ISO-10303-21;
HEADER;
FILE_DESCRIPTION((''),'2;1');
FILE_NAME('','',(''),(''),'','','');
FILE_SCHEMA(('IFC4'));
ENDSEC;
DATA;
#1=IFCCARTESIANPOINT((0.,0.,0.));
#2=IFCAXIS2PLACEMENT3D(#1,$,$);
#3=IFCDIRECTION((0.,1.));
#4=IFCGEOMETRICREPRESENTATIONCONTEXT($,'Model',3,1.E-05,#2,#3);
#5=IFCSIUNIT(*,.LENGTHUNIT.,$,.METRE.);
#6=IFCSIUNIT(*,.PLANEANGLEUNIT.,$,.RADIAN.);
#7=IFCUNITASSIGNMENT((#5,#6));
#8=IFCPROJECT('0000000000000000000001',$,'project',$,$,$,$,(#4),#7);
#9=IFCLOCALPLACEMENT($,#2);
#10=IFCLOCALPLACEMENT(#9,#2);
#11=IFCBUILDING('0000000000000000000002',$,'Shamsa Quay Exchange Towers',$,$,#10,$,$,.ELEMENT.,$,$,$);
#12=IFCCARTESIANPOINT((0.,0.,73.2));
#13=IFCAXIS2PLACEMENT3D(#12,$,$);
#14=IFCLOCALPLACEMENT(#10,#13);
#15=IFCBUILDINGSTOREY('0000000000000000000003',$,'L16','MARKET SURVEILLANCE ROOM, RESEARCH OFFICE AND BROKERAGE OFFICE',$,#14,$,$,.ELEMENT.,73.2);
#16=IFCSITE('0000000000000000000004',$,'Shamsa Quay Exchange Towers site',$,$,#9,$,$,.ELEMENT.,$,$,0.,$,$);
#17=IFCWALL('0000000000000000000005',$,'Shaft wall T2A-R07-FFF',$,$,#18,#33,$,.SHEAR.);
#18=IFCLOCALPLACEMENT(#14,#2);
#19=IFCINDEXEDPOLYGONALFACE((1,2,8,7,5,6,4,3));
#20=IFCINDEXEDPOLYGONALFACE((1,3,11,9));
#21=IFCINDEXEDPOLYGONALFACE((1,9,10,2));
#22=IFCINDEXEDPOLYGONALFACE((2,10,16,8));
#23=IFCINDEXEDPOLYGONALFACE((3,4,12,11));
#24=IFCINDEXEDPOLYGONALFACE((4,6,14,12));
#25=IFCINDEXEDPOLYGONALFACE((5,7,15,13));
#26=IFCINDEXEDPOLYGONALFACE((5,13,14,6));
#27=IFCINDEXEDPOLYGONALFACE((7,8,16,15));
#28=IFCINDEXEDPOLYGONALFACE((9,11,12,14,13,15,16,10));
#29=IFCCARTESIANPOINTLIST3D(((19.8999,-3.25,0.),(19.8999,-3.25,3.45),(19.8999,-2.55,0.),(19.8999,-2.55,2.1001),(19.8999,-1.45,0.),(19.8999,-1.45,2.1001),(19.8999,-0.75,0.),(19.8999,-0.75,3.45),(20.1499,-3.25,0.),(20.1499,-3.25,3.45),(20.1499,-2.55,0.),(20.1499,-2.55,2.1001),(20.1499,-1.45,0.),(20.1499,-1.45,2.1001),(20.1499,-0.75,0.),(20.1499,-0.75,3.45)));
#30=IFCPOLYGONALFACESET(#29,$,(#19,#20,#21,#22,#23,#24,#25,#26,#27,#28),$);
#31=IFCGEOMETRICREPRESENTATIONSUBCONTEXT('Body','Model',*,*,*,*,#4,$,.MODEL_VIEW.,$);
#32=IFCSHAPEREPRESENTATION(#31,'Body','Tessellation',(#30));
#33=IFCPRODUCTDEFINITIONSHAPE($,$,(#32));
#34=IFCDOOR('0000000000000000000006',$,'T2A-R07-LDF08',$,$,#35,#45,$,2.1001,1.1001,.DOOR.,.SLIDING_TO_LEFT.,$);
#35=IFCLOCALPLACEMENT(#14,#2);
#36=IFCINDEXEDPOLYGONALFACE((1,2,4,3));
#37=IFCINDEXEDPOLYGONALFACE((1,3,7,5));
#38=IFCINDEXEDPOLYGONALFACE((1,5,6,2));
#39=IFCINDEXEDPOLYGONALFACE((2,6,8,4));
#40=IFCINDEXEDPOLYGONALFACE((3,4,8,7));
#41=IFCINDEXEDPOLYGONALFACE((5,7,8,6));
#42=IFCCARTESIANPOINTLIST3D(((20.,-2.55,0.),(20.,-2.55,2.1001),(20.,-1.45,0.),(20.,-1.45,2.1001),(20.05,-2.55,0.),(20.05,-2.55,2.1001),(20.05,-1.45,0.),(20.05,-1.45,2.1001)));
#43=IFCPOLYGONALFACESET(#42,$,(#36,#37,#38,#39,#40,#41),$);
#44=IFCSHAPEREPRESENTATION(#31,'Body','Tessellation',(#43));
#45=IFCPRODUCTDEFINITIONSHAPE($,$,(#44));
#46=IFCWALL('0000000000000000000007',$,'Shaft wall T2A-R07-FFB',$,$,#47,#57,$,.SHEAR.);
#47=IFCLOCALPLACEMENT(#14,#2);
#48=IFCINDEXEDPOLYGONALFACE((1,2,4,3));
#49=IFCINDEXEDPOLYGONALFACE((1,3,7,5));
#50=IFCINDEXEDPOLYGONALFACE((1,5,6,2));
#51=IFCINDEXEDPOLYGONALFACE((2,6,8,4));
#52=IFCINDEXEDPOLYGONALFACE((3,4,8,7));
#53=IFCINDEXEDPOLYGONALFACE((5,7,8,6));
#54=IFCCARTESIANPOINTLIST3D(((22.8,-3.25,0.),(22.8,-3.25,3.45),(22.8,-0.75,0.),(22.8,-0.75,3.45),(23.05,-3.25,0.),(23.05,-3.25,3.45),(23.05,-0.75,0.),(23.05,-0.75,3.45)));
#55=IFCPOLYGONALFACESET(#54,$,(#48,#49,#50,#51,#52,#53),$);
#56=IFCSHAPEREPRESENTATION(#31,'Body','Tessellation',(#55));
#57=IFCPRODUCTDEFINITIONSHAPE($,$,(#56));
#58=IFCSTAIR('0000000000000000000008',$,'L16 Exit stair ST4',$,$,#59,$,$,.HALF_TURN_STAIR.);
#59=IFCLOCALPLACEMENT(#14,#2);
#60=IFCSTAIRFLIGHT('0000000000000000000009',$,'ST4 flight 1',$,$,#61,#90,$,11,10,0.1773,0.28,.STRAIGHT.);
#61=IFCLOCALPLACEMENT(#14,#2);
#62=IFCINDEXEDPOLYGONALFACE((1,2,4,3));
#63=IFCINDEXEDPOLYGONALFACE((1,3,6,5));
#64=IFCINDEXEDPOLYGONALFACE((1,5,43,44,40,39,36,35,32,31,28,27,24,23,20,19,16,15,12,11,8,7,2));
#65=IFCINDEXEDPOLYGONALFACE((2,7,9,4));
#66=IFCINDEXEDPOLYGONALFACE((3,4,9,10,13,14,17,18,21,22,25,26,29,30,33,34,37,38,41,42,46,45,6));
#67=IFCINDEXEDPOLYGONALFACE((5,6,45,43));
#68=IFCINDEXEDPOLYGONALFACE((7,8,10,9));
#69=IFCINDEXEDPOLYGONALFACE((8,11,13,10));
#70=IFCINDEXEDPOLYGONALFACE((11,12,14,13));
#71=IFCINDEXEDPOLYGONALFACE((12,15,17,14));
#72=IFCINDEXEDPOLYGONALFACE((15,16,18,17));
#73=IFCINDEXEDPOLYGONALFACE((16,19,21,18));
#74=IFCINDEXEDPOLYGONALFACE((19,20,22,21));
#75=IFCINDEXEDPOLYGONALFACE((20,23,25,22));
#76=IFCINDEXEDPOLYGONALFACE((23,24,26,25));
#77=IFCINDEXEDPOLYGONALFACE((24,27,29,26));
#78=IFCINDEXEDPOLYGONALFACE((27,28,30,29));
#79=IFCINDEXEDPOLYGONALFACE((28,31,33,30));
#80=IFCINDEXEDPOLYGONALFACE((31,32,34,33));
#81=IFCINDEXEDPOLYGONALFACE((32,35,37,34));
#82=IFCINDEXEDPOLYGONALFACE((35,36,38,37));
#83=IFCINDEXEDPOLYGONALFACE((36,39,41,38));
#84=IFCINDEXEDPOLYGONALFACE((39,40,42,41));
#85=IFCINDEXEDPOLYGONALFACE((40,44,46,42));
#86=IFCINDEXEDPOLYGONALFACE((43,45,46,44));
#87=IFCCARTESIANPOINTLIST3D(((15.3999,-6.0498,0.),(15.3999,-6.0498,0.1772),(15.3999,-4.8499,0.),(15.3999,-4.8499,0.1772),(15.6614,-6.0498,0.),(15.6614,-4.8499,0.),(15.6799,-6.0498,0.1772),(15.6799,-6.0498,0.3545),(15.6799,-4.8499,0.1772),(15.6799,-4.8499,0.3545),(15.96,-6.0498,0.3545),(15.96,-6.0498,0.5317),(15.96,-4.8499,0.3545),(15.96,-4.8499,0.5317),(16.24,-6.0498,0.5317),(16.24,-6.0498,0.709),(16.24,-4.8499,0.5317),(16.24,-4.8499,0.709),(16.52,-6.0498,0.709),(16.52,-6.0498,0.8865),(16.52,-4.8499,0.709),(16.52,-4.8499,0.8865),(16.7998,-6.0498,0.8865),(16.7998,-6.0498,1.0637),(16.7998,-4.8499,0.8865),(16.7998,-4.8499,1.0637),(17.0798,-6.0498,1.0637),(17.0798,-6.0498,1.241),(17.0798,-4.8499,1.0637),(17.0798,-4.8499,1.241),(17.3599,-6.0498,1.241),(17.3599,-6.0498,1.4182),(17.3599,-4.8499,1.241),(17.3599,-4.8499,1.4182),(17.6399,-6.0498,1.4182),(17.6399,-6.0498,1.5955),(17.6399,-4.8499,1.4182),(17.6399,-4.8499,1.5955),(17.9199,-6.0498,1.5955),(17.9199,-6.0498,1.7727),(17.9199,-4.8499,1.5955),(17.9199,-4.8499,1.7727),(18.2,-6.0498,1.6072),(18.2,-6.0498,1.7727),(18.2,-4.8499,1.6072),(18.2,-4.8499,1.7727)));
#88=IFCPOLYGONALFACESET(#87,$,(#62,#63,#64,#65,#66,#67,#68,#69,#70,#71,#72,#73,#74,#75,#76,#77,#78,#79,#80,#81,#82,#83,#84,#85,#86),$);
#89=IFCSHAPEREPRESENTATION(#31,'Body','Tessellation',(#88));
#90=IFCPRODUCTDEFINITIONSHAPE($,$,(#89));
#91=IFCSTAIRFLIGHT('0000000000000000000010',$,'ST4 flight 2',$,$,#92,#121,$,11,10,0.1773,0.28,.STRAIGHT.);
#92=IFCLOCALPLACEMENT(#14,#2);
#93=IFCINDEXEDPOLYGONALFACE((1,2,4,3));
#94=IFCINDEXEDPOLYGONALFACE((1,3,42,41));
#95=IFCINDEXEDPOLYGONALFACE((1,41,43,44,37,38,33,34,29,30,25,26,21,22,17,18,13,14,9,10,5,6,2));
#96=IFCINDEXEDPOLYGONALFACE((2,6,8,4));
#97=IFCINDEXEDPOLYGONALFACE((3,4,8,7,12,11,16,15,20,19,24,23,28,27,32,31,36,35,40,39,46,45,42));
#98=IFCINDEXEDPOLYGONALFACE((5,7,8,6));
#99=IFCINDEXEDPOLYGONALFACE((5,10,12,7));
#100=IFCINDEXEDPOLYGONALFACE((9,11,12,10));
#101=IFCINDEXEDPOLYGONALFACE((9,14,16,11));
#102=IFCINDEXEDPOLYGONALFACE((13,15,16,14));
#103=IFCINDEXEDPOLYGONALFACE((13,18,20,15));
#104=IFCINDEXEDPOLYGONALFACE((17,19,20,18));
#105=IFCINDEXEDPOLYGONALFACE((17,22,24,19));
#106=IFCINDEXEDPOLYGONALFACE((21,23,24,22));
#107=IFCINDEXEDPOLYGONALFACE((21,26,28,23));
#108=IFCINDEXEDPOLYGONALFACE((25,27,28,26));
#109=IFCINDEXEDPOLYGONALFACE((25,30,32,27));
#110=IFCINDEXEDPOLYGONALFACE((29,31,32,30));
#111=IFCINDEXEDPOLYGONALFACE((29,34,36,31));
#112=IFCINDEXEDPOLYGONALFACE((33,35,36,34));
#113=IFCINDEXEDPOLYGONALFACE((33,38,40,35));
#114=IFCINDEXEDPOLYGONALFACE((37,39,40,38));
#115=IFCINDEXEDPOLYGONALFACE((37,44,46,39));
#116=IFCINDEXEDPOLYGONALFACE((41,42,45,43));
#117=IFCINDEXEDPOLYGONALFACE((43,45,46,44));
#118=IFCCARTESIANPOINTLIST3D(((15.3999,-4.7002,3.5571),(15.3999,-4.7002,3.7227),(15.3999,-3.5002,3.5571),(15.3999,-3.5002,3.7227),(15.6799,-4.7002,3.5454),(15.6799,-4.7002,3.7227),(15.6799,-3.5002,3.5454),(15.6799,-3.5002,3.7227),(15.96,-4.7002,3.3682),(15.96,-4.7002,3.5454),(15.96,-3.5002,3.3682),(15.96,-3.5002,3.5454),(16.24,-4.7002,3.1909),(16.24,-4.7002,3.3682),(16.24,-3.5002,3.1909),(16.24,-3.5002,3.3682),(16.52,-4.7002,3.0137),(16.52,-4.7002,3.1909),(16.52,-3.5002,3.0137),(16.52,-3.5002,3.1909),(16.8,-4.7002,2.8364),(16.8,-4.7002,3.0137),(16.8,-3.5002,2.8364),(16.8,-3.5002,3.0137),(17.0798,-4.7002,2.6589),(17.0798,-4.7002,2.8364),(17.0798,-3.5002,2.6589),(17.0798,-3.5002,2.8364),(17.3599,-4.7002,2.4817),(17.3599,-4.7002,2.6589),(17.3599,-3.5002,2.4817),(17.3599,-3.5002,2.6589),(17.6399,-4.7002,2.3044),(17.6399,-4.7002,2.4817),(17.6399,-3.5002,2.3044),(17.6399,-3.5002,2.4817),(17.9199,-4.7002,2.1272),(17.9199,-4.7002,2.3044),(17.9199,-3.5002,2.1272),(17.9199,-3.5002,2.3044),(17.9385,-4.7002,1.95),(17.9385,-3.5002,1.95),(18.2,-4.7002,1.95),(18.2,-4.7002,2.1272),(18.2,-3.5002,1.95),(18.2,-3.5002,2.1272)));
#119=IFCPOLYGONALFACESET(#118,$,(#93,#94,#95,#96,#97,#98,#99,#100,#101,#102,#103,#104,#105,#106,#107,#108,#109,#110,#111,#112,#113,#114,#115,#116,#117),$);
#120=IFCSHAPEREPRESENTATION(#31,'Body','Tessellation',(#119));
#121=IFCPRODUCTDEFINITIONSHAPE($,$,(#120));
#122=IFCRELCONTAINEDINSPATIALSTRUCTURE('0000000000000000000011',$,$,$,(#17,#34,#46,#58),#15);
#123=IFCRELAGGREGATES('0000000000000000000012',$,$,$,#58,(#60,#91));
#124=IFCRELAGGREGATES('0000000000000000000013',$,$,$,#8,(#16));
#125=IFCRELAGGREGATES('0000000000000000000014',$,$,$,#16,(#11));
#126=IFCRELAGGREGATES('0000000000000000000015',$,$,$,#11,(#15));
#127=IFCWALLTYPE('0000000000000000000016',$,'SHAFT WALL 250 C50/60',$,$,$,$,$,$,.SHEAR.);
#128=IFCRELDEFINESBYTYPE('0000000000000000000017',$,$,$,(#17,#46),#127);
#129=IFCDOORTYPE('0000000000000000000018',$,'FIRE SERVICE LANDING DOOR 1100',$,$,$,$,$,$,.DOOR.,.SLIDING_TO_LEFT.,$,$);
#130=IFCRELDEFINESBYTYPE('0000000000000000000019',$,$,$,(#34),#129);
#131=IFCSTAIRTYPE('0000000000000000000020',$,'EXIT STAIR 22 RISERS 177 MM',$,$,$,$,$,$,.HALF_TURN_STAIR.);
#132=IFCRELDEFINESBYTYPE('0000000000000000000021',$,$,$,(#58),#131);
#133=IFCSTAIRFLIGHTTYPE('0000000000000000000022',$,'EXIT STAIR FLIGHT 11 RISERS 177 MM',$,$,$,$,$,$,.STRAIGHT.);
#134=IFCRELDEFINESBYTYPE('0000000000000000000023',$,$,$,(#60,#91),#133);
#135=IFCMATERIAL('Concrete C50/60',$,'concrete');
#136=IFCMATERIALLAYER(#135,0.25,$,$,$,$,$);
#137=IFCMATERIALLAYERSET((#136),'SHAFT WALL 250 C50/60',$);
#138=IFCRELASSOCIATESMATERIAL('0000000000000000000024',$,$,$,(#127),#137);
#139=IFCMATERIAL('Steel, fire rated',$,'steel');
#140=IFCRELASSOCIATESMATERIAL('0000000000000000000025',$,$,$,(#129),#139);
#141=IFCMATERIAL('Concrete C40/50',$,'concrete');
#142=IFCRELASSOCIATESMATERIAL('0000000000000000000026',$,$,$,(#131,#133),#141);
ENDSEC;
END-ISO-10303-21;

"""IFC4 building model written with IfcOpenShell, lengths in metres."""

from ifc_helpers import new_model, si_unit, direction, frame, frame_2d, origin, place, context, subcontext, project, spatial, polyline, rectangle, outline, extrude, material, layer, layer_set, type_object, element, fill, aggregate, save


model = new_model("IFC4")

# Units and contexts
model_context = context("Model", 3, precision=1e-05, world=origin(), true_north=direction((0.0, 1.0)))
body_context = subcontext(model_context, "Body", "Model", "MODEL_VIEW")
ifc_project = project(units=[si_unit("LENGTHUNIT", "METRE"), si_unit("PLANEANGLEUNIT", "RADIAN")], contexts=[model_context])

# Site, building, storey
site_placement = place(None, origin())
site = spatial("IfcSite", under=ifc_project, at=site_placement, Name="Shamsa Quay Exchange Towers site", CompositionType="ELEMENT", RefElevation=0.0)
building_placement = place(site_placement, origin())
building = spatial("IfcBuilding", under=site, at=building_placement, Name="Shamsa Quay Exchange Towers", CompositionType="ELEMENT")
storey_placement = place(building_placement, frame((0.0, 0.0, 73.2)))
storey = spatial("IfcBuildingStorey", under=building, at=storey_placement, Name="L16", Description="MARKET SURVEILLANCE ROOM, RESEARCH OFFICE AND BROKERAGE OFFICE", CompositionType="ELEMENT", Elevation=73.2)

# Shared definitions
ifc_material_1 = material(Name="Concrete C50/60", Category="concrete")
ifc_layer_1 = layer(ifc_material_1, 0.25)
ifc_layer_set_1 = layer_set([ifc_layer_1], Name="SHAFT WALL 250 C50/60")
wall_type_1 = type_object("IfcWallType", Name="SHAFT WALL 250 C50/60", PredefinedType="SHEAR", material=ifc_layer_set_1)
ifc_material_2 = material(Name="Steel, fire rated", Category="steel")

# Wall, opening, door
wall_1_placement = place(storey_placement, frame((20.0249, -3.25, 0.0), z_axis=(0.0, 0.0, 1.0), x_axis=(0.0, 1.0, 0.0)))
wall_1 = element("IfcWall", 1, at=wall_1_placement, inside=storey, type_object=wall_type_1, Name="Shaft wall T2A-R07-FFF", PredefinedType="SHEAR", context=body_context, shape_type="SweptSolid", body=[
    extrude(rectangle(XDim=2.5, YDim=0.25, at=frame_2d((1.25, 0.0))), origin(), (0.0, 0.0, 1.0), 3.45),
])
opening_1_placement = place(wall_1_placement, frame((0.7, 0.0, 0.0)))
opening_1 = element("IfcOpeningElement", 2, at=opening_1_placement, cuts=wall_1, PredefinedType="OPENING", context=body_context, shape_type="SweptSolid", body=[
    extrude(rectangle(XDim=1.1001, YDim=2.1001, at=frame_2d((0.55, 1.05))), frame((0.0, 0.135, 0.0), z_axis=(0.0, -1.0, 0.0), x_axis=(1.0, 0.0, 0.0)), (0.0, 0.0, 1.0), 0.27),
])
door_type_1 = type_object("IfcDoorType", Name="FIRE SERVICE LANDING DOOR 1100", OperationType="SLIDING_TO_LEFT", PredefinedType="DOOR", material=ifc_material_2)
door_1_placement = place(opening_1_placement, origin())
door_1 = element("IfcDoor", 3, at=door_1_placement, inside=storey, type_object=door_type_1, Name="T2A-R07-LDF08", OperationType="SLIDING_TO_LEFT", OverallHeight=2.1001, OverallWidth=1.1001, PredefinedType="DOOR", context=body_context, shape_type="SweptSolid", body=[
    extrude(rectangle(XDim=1.1001, YDim=2.1001, at=frame_2d((0.55, 1.05))), frame((0.0, 0.0249, 0.0), z_axis=(0.0, -1.0, 0.0), x_axis=(1.0, 0.0, 0.0)), (0.0, 0.0, 1.0), 0.05),
])
fill(opening_1, door_1)

# Wall
wall_2_placement = place(storey_placement, frame((22.925, -3.25, 0.0), z_axis=(0.0, 0.0, 1.0), x_axis=(0.0, 1.0, 0.0)))
element("IfcWall", 4, at=wall_2_placement, inside=storey, type_object=wall_type_1, Name="Shaft wall T2A-R07-FFB", PredefinedType="SHEAR", context=body_context, shape_type="SweptSolid", body=[
    extrude(rectangle(XDim=2.5, YDim=0.25, at=frame_2d((1.25, 0.0))), origin(), (0.0, 0.0, 1.0), 3.45),
])

# Stair, stair flights
ifc_material_3 = material(Name="Concrete C40/50", Category="concrete")
stair_type = type_object("IfcStairType", Name="EXIT STAIR 22 RISERS 177 MM", PredefinedType="HALF_TURN_STAIR", material=ifc_material_3)
stair_placement = place(storey_placement, origin())
stair = element("IfcStair", 5, at=stair_placement, inside=storey, type_object=stair_type, Name="L16 Exit stair ST4", PredefinedType="HALF_TURN_STAIR")
stair_flight_type = type_object("IfcStairFlightType", Name="EXIT STAIR FLIGHT 11 RISERS 177 MM", PredefinedType="STRAIGHT", material=ifc_material_3)
stair_flight_1_placement = place(storey_placement, frame((15.3999, -5.45, 0.0)))
stair_flight_1 = element("IfcStairFlight", 6, at=stair_flight_1_placement, type_object=stair_flight_type, Name="ST4 flight 1", NumberOfRisers=11, NumberOfTreads=10, PredefinedType="STRAIGHT", RiserHeight=0.1773, TreadLength=0.28, context=body_context, shape_type="SweptSolid", body=[
    extrude(outline(polyline([(0.0, 0.0), (0.0, 0.1772), (0.28, 0.1772), (0.28, 0.3545), (0.5601, 0.3545), (0.5601, 0.5317), (0.8401, 0.5317), (0.8401, 0.709), (1.1201, 0.709), (1.1201, 0.8865), (1.3999, 0.8865), (1.3999, 1.0637), (1.6799, 1.0637), (1.6799, 1.241), (1.96, 1.241), (1.96, 1.4182), (2.24, 1.4182), (2.24, 1.5955), (2.52, 1.5955), (2.52, 1.7727), (2.8, 1.7727), (2.8, 1.95), (2.8, 1.6072), (0.2615, 0.0), (0.0, 0.0)])), frame((0.0, 0.6001, 0.0), z_axis=(0.0, -1.0, 0.0), x_axis=(1.0, 0.0, 0.0)), (0.0, 0.0, 1.0), 1.2),
])
stair_flight_2_placement = place(storey_placement, frame((18.2, -4.1001, 1.95), z_axis=(0.0, 0.0, 1.0), x_axis=(-1.0, 0.0, 0.0)))
stair_flight_2 = element("IfcStairFlight", 7, at=stair_flight_2_placement, type_object=stair_flight_type, Name="ST4 flight 2", NumberOfRisers=11, NumberOfTreads=10, PredefinedType="STRAIGHT", RiserHeight=0.1773, TreadLength=0.28, context=body_context, shape_type="SweptSolid", body=[
    extrude(outline(polyline([(0.0, 0.0), (0.0, 0.1772), (0.28, 0.1772), (0.28, 0.3545), (0.5601, 0.3545), (0.5601, 0.5317), (0.8401, 0.5317), (0.8401, 0.709), (1.1201, 0.709), (1.1201, 0.8865), (1.3999, 0.8865), (1.3999, 1.0637), (1.6799, 1.0637), (1.6799, 1.241), (1.96, 1.241), (1.96, 1.4182), (2.24, 1.4182), (2.24, 1.5955), (2.52, 1.5955), (2.52, 1.7727), (2.8, 1.7727), (2.8, 1.95), (2.8, 1.6072), (0.2615, 0.0), (0.0, 0.0)])), frame((0.0, 0.6001, 0.0), z_axis=(0.0, -1.0, 0.0), x_axis=(1.0, 0.0, 0.0)), (0.0, 0.0, 1.0), 1.2),
])
aggregate(stair, [stair_flight_1, stair_flight_2])

save(model, "model.ifc")
